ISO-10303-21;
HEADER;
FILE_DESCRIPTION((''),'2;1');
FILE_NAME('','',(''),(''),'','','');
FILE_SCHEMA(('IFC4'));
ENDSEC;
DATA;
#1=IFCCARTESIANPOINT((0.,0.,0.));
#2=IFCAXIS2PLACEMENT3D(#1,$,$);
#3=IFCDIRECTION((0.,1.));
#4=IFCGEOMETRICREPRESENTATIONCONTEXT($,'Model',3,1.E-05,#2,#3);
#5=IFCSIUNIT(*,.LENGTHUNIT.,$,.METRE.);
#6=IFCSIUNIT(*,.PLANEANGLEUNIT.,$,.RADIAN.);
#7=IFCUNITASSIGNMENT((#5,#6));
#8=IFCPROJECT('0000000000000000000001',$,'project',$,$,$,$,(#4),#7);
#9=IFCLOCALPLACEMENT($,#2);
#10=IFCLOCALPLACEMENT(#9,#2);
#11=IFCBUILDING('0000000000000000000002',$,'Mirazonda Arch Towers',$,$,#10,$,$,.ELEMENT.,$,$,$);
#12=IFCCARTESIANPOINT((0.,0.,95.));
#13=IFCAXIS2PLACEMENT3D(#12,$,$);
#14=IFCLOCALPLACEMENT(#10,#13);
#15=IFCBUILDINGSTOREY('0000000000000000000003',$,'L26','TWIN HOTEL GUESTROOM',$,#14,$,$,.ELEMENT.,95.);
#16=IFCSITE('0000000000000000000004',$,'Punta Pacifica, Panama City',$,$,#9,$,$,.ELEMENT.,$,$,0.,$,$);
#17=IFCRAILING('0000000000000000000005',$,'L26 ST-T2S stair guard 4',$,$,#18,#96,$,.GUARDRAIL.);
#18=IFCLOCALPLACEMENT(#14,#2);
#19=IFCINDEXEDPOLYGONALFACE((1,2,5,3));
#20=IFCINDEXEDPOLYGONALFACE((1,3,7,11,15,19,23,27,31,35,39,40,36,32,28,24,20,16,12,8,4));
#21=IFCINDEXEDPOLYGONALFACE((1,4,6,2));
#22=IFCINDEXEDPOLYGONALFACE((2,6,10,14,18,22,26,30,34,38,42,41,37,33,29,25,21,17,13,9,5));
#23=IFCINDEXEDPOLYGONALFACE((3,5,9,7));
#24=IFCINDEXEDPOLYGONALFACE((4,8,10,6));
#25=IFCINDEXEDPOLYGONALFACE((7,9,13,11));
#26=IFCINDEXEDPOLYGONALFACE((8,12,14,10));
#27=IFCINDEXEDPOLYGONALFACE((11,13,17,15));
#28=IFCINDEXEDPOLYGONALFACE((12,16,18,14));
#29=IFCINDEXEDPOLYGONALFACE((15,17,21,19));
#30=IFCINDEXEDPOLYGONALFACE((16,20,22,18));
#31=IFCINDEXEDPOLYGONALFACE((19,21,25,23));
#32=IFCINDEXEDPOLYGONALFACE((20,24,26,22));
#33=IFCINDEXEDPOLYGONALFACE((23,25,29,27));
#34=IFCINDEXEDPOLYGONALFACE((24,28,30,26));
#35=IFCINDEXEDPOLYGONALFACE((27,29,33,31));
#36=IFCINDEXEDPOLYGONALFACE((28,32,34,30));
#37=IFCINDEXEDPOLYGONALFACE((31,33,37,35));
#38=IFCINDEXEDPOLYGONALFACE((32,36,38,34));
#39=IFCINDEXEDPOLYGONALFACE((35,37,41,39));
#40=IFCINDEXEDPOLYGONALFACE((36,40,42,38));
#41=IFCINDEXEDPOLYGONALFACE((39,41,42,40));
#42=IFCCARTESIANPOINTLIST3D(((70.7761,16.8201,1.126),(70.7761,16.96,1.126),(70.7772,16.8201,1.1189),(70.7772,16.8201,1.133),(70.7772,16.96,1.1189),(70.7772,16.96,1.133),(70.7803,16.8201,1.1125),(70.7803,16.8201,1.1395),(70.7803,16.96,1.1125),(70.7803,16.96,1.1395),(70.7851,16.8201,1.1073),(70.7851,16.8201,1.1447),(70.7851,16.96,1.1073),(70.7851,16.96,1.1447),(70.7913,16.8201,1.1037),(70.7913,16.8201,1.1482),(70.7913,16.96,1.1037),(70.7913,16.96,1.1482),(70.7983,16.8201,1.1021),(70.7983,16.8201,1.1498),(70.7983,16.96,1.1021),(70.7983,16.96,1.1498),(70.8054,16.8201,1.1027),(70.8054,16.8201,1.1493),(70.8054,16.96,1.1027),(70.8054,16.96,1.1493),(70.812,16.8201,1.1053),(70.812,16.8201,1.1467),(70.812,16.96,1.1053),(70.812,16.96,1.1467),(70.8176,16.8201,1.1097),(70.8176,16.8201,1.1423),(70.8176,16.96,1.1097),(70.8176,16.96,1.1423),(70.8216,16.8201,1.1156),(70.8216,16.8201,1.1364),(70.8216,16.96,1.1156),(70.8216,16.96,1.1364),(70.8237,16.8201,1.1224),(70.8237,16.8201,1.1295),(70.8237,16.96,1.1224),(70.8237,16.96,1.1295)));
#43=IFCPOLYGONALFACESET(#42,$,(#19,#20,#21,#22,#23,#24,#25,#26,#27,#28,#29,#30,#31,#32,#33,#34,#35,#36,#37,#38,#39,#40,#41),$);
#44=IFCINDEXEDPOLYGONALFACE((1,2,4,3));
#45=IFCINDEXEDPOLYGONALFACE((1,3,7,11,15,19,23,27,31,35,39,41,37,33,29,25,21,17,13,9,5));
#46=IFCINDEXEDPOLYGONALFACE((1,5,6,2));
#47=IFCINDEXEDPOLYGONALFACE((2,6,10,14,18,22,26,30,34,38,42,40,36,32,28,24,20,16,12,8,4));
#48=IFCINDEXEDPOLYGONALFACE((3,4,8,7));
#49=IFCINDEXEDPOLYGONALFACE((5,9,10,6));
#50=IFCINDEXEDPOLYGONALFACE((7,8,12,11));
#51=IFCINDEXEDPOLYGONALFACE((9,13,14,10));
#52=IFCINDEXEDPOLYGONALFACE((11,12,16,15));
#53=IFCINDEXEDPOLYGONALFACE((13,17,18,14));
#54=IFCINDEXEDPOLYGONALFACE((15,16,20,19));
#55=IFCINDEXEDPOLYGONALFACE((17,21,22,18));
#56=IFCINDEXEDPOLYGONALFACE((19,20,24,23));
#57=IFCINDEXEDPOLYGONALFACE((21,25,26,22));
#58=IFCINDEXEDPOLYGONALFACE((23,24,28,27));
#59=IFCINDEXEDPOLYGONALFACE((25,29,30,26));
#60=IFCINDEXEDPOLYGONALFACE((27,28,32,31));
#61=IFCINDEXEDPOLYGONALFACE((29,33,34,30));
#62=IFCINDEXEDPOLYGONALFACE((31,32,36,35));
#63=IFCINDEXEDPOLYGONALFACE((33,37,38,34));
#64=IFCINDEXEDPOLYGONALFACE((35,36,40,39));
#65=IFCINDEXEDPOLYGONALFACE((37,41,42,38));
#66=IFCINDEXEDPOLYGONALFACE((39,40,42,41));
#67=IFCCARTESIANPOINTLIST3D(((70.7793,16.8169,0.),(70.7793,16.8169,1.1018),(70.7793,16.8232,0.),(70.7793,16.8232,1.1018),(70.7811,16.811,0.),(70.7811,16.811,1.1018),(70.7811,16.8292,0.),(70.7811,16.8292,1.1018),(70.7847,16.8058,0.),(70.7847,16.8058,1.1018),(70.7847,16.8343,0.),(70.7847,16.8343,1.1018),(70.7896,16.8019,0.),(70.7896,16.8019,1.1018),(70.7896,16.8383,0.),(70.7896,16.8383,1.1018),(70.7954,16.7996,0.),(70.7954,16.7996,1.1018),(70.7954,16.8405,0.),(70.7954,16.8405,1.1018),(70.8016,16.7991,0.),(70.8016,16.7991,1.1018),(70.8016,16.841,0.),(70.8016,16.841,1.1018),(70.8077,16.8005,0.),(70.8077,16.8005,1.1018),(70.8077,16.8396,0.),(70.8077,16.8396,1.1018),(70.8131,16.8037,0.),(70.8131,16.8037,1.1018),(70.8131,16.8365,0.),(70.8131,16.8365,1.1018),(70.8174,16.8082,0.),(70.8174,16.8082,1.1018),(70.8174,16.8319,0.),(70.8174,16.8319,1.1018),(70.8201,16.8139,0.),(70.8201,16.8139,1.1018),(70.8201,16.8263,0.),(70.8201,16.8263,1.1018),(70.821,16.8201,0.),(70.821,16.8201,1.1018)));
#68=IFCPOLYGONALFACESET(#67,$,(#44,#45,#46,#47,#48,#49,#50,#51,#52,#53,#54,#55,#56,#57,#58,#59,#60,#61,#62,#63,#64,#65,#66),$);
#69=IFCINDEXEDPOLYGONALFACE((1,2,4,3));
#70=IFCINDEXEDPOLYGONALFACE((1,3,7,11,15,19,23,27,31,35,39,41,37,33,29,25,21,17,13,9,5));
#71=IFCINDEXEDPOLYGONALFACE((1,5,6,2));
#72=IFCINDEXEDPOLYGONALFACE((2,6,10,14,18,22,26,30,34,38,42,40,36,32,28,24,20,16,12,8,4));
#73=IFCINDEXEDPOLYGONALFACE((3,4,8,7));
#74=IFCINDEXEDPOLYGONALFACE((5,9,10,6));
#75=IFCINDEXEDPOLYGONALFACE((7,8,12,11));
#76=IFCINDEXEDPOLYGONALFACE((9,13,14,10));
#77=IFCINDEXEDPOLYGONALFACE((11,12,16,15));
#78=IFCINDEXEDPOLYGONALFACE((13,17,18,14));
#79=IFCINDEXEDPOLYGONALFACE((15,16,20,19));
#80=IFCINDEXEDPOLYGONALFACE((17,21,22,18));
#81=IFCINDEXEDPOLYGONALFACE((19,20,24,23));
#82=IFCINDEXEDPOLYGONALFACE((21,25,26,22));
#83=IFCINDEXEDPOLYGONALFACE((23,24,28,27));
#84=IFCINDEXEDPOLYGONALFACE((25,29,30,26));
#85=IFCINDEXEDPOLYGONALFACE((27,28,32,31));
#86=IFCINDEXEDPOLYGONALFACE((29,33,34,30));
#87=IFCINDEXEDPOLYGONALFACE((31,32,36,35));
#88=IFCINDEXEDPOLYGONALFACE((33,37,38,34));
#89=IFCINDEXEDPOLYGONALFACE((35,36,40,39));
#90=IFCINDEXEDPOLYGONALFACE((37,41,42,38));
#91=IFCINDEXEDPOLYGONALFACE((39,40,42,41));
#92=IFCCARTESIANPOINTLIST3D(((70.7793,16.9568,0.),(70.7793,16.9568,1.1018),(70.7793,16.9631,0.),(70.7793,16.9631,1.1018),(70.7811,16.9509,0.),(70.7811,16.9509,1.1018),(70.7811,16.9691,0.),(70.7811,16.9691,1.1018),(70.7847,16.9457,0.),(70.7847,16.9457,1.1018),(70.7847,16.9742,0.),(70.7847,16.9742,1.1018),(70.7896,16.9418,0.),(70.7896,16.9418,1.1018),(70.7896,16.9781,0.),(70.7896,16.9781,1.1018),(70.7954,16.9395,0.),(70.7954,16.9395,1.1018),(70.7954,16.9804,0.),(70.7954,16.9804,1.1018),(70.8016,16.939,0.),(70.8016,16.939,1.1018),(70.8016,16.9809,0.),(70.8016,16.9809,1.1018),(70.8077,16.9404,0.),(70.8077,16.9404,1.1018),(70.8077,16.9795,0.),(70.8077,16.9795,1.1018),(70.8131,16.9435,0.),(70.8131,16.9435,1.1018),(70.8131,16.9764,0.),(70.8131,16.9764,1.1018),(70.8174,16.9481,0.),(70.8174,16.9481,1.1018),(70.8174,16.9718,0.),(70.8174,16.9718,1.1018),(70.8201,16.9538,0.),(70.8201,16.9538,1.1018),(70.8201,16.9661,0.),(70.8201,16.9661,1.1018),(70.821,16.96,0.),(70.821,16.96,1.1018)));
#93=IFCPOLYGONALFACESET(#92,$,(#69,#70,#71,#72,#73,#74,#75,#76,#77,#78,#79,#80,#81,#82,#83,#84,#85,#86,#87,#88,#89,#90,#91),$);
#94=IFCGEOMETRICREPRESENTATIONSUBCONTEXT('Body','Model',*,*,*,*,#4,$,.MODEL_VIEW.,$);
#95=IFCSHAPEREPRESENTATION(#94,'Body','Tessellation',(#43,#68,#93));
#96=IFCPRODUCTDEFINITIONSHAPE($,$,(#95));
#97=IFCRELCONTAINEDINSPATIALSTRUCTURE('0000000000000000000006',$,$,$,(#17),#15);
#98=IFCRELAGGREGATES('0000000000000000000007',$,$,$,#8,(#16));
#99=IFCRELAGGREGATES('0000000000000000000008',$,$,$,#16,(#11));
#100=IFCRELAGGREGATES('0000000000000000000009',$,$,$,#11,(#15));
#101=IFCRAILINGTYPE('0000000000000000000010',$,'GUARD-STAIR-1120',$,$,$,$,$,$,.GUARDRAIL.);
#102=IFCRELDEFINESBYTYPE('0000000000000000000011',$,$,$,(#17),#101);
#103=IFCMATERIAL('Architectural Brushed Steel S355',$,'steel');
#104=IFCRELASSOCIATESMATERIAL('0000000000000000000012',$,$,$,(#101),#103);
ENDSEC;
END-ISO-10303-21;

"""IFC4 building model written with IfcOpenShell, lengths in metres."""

from ifc_helpers import new_model, si_unit, direction, frame, origin, origin_2d, place, context, subcontext, project, spatial, circle, extrude, material, type_object, element, save


model = new_model("IFC4")

# Units and contexts
model_context = context("Model", 3, precision=1e-05, world=origin(), true_north=direction((0.0, 1.0)))
body_context = subcontext(model_context, "Body", "Model", "MODEL_VIEW")
ifc_project = project(units=[si_unit("LENGTHUNIT", "METRE"), si_unit("PLANEANGLEUNIT", "RADIAN")], contexts=[model_context])

# Site, building, storey
site_placement = place(None, origin())
site = spatial("IfcSite", under=ifc_project, at=site_placement, Name="Punta Pacifica, Panama City", CompositionType="ELEMENT", RefElevation=0.0)
building_placement = place(site_placement, origin())
building = spatial("IfcBuilding", under=site, at=building_placement, Name="Mirazonda Arch Towers", CompositionType="ELEMENT")
storey_placement = place(building_placement, frame((0.0, 0.0, 95.0)))
storey = spatial("IfcBuildingStorey", under=building, at=storey_placement, Name="L26", Description="TWIN HOTEL GUESTROOM", CompositionType="ELEMENT", Elevation=95.0)

# Shared definitions
ifc_material_1 = material(Name="Architectural Brushed Steel S355", Category="steel")

# Railing
railing_type_1 = type_object("IfcRailingType", Name="GUARD-STAIR-1120", PredefinedType="GUARDRAIL", material=ifc_material_1)
railing_1_placement = place(storey_placement, frame((70.8, 16.8201, 0.0)))
element("IfcRailing", 1, at=railing_1_placement, inside=storey, type_object=railing_type_1, Name="L26 ST-T2S stair guard 4", PredefinedType="GUARDRAIL", context=body_context, shape_type="SweptSolid", body=[
    extrude(circle(Radius=0.0239, at=origin_2d()), frame((0.0, 0.0, 1.126), z_axis=(0.0, 1.0, 0.0), x_axis=(-1.0, 0.0, 0.0)), (0.0, 0.0, 1.0), 0.1399),
    extrude(circle(Radius=0.021, at=origin_2d()), origin(), (0.0, 0.0, 1.0), 1.1018),
    extrude(circle(Radius=0.021, at=origin_2d()), frame((0.0, 0.1399, 0.0)), (0.0, 0.0, 1.0), 1.1018),
])

save(model, "model.ifc")
